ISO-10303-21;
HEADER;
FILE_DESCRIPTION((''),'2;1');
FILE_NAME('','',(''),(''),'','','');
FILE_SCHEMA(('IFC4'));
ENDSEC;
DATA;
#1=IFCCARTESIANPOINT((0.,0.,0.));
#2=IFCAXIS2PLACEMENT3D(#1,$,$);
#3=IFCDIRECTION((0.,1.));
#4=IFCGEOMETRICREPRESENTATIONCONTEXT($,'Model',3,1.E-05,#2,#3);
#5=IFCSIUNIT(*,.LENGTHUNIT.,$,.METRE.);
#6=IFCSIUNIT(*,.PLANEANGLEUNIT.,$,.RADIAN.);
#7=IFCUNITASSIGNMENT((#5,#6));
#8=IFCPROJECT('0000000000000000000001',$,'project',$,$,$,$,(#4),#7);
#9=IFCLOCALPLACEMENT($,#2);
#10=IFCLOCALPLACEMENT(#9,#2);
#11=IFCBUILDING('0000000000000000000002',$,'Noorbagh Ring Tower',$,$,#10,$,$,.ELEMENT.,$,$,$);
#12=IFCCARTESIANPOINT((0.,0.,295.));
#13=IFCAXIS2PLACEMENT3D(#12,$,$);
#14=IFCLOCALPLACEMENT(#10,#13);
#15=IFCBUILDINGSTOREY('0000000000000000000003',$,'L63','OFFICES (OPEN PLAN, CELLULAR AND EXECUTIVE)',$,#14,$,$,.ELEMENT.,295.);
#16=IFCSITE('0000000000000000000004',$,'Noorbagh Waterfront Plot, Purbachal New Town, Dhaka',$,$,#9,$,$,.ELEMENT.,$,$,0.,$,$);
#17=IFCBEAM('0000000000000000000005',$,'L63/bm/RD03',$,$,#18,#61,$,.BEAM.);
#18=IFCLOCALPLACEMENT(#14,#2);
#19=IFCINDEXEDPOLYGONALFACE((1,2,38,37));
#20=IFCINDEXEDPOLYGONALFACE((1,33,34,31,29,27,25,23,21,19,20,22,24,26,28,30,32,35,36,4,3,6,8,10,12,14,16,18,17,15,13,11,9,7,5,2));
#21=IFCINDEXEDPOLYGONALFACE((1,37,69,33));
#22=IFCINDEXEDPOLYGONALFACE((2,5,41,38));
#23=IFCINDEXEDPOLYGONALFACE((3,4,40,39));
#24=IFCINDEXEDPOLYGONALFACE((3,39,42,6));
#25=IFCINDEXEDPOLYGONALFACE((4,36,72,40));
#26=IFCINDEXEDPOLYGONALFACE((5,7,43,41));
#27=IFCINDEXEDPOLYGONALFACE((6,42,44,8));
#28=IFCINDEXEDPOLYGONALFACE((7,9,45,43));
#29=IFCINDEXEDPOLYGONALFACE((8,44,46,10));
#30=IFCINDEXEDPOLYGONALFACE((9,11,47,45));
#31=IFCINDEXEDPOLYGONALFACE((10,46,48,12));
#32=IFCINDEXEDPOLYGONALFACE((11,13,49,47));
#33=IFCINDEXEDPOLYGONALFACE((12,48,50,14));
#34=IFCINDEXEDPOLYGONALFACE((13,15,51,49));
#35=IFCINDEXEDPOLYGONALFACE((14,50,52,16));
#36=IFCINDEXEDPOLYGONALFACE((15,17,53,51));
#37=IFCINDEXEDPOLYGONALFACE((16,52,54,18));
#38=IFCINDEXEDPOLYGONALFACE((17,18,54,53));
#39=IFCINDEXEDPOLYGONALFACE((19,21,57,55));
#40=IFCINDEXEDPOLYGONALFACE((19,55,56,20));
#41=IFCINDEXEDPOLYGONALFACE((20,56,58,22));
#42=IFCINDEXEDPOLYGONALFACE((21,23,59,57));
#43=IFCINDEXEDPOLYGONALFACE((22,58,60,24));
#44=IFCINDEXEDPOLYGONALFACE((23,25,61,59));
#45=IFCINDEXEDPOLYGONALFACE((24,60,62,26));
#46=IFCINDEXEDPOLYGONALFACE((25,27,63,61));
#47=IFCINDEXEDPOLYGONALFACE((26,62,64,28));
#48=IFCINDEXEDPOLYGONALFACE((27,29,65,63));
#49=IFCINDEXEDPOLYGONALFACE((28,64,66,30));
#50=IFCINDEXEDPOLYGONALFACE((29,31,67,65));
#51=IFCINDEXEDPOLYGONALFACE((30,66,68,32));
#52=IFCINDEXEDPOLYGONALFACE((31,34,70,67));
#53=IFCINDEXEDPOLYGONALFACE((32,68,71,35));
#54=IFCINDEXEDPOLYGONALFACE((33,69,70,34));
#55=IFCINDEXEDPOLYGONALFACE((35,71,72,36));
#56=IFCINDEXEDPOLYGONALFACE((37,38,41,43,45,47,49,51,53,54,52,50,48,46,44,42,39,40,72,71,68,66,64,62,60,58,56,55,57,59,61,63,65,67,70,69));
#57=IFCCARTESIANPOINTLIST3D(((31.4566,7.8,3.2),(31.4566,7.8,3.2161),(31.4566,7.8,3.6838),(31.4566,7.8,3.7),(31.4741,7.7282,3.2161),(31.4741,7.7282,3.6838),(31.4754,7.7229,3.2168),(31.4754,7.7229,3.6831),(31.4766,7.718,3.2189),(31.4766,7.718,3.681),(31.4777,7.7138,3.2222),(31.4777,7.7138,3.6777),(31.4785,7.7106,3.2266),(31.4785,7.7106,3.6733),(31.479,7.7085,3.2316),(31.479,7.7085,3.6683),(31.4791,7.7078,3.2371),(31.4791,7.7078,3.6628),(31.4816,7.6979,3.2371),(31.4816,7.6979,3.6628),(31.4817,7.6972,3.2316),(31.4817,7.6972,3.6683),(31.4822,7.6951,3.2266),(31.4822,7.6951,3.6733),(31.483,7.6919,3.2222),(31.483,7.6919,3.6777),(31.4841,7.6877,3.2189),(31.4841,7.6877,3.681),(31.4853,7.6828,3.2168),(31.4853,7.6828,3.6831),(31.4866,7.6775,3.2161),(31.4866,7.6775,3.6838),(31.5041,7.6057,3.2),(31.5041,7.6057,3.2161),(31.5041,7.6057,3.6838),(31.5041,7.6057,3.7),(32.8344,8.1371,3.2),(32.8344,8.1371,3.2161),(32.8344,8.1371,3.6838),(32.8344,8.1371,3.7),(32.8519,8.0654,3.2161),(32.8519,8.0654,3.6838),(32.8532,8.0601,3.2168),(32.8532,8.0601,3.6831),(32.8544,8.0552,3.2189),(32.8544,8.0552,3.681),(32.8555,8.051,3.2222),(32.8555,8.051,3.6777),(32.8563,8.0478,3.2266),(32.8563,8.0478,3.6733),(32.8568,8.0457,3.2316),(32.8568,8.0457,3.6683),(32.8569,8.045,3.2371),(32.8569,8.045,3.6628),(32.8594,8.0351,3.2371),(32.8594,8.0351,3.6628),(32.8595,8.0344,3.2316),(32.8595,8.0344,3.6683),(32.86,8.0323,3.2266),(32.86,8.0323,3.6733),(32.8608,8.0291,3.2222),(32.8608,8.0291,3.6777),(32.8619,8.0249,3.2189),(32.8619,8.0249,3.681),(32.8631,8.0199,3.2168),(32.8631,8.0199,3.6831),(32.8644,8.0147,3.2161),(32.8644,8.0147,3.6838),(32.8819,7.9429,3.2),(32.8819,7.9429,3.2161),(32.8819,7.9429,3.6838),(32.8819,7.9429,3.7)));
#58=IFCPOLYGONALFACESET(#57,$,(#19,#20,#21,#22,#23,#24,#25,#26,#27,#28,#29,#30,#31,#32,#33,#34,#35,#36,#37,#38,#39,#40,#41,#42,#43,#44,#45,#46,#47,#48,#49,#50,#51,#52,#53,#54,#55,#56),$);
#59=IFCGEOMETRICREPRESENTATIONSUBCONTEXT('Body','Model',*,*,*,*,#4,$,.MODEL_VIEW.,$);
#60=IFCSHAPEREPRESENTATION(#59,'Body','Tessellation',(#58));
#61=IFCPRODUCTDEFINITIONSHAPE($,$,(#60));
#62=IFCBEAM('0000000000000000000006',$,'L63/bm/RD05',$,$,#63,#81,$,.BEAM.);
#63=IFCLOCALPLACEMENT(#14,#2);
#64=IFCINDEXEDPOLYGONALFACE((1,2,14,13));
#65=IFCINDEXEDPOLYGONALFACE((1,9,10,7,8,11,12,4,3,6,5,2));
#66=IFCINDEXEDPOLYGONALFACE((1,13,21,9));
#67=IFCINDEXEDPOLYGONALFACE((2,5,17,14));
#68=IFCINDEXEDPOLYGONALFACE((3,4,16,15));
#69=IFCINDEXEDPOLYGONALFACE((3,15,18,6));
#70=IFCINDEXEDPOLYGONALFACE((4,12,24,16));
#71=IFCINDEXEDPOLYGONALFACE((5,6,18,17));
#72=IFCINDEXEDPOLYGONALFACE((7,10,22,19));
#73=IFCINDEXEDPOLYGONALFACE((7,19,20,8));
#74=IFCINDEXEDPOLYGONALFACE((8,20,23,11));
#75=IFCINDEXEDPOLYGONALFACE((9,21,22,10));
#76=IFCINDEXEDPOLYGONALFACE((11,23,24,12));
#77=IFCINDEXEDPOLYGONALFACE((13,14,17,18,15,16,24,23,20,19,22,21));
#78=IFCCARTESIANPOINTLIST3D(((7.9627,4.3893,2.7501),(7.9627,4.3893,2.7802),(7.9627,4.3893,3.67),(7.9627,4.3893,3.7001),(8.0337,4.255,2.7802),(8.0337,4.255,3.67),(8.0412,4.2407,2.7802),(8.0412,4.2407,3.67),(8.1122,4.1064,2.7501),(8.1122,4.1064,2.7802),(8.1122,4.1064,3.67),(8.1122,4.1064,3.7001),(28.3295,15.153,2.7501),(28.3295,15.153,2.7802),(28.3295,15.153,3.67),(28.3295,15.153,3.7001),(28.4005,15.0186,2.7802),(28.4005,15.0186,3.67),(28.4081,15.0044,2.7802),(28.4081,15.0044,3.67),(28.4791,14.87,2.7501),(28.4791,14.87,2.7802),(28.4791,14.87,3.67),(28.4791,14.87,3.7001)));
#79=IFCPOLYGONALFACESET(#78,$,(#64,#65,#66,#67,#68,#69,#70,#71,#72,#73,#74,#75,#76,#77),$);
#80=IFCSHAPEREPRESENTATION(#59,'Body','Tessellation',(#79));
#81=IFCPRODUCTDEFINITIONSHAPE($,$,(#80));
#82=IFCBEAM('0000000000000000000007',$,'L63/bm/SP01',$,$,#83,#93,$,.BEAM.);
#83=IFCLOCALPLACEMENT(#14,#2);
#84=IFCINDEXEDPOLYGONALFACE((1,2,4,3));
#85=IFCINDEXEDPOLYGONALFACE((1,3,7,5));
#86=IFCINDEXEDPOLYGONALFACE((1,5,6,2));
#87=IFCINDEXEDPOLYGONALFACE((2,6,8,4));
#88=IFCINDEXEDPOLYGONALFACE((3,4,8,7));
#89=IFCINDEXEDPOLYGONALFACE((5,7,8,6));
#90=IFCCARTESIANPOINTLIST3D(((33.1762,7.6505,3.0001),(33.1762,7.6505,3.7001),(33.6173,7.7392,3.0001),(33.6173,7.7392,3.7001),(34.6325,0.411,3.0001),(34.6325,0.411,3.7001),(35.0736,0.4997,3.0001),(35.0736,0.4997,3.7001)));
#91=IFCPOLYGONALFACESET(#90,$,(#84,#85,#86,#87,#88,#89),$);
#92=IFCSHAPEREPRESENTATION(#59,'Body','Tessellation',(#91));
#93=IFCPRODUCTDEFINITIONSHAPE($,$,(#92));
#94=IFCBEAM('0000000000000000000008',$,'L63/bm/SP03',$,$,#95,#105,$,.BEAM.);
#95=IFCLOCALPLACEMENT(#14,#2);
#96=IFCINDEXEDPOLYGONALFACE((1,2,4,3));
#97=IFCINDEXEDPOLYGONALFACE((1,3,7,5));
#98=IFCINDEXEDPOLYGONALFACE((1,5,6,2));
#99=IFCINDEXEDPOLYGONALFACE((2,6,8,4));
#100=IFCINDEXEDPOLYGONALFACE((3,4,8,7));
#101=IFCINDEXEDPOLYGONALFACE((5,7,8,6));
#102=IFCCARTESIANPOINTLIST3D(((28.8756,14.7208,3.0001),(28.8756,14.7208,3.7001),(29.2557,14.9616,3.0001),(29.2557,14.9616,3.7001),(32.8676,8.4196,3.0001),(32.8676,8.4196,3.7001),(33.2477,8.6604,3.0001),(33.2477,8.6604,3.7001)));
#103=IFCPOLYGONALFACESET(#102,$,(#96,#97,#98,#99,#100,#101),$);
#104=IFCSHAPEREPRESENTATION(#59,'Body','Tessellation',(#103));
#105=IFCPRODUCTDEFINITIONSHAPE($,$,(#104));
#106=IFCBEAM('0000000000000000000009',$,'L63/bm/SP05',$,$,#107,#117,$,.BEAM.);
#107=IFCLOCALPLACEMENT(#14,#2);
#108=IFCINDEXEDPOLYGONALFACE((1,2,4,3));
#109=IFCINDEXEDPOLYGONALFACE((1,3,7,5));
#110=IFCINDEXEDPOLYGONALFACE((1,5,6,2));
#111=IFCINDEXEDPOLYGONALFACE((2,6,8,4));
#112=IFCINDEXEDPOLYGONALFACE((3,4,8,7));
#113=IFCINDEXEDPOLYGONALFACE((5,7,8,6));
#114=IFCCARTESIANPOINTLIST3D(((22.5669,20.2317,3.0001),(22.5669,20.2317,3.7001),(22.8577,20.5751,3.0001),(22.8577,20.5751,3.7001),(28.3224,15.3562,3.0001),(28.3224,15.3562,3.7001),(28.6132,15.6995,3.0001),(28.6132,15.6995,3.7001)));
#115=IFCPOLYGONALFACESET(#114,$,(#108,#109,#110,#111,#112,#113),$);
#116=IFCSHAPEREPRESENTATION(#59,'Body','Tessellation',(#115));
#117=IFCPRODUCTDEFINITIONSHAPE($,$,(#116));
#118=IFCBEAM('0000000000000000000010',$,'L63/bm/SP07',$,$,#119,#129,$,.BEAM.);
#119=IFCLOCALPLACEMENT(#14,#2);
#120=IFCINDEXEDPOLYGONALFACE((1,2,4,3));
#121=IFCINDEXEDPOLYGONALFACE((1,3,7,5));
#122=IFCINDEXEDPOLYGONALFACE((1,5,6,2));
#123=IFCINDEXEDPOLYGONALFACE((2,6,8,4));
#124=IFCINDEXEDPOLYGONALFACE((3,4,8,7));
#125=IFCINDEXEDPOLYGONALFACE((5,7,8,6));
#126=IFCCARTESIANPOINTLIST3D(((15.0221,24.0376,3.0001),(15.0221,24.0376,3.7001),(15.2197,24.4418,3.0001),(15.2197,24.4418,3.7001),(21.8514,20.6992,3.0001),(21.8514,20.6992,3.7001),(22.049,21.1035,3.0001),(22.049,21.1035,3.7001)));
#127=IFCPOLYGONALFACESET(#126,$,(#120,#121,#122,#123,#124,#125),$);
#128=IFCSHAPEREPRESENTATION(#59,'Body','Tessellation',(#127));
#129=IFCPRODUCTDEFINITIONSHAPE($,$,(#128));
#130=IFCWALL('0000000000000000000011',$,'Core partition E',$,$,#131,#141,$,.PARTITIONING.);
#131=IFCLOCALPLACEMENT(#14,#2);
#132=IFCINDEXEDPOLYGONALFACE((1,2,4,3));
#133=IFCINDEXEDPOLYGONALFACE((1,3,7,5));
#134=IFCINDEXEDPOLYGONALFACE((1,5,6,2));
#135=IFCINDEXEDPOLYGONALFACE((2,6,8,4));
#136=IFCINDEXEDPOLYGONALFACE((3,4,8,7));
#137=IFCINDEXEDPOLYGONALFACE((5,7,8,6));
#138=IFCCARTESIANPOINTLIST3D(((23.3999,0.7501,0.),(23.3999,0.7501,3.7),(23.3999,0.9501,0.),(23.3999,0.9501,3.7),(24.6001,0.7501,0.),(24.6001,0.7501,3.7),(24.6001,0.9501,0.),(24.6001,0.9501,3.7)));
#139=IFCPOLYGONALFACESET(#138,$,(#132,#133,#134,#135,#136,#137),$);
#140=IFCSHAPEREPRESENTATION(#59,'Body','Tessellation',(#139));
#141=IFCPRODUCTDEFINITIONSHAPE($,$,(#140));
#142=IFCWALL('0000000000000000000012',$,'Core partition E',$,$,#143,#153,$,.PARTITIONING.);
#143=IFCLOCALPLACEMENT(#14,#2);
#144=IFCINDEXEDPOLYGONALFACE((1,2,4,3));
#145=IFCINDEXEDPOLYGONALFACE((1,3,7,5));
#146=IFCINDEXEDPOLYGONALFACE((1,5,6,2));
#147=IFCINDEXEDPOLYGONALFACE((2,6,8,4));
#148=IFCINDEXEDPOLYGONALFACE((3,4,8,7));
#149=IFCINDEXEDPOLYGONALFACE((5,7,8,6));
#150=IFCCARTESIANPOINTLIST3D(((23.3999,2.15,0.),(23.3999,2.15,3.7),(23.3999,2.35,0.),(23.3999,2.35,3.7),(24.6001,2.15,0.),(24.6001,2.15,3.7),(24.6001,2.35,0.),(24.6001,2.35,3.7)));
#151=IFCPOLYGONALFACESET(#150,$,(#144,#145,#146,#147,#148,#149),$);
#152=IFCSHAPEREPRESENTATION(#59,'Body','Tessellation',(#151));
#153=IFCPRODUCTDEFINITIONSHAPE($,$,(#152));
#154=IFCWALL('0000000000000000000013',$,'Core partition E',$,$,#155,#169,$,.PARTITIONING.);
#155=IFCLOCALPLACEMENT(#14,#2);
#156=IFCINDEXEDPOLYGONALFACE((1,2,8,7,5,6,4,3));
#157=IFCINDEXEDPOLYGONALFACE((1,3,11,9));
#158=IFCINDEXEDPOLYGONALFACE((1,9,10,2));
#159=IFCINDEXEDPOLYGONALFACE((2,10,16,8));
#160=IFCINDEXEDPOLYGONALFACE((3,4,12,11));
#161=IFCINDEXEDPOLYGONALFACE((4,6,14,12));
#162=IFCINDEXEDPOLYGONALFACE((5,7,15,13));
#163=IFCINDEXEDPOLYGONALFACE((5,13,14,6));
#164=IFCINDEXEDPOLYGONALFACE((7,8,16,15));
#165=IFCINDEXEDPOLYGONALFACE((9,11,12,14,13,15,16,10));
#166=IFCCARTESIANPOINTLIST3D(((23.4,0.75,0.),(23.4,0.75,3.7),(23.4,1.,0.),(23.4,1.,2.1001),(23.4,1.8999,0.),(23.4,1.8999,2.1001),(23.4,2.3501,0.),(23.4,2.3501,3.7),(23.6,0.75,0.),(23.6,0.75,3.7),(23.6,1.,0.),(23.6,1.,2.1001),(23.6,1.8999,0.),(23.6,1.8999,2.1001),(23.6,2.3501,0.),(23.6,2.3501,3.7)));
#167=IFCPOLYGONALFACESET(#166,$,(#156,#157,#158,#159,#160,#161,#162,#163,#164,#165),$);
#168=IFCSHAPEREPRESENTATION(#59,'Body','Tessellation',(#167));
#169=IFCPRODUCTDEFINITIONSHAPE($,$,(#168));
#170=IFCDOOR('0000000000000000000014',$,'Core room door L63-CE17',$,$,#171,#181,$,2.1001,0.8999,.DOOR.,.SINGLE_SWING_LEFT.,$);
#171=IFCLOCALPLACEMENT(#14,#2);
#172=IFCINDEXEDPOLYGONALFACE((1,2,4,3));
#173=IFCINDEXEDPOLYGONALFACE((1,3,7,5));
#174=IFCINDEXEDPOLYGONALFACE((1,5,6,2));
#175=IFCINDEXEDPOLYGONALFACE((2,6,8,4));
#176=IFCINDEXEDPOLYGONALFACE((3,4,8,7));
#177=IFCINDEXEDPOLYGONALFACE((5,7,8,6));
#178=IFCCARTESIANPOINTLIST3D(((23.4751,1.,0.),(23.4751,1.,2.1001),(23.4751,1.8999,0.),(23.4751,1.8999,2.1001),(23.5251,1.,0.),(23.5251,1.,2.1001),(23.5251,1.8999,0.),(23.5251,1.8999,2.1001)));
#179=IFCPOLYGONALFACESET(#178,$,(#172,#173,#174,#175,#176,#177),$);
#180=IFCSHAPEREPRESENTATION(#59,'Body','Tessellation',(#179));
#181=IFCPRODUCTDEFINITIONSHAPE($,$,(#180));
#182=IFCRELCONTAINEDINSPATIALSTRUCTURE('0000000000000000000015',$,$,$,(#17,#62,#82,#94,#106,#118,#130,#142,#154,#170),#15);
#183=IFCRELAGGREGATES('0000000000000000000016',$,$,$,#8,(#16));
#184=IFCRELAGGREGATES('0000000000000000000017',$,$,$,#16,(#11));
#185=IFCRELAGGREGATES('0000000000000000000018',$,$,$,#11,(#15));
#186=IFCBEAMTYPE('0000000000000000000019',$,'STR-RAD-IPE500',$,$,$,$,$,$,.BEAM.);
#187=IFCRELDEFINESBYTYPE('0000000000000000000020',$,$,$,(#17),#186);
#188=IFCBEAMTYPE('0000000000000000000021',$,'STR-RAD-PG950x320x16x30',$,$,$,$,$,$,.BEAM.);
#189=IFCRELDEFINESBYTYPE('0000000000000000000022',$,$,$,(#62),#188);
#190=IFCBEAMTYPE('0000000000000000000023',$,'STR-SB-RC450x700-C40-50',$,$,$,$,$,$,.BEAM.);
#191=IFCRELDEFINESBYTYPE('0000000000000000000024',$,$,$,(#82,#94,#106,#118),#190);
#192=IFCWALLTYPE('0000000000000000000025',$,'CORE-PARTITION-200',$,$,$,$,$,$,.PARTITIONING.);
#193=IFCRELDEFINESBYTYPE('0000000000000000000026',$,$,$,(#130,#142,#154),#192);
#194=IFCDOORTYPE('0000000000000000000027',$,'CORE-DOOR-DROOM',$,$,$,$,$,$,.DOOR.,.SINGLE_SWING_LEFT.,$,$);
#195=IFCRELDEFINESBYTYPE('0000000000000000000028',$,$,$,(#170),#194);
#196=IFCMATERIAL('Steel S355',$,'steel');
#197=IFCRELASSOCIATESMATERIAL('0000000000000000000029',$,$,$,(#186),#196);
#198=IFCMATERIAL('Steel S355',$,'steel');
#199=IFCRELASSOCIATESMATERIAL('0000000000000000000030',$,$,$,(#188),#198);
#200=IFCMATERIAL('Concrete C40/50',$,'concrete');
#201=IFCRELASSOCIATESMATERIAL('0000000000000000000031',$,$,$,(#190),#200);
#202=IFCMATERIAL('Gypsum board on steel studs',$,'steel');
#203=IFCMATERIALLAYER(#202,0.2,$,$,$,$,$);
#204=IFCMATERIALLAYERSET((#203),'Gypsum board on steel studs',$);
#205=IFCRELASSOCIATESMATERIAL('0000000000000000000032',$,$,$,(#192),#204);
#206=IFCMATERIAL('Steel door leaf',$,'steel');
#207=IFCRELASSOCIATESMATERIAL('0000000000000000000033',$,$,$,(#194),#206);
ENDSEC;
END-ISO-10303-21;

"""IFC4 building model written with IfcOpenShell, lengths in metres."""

from ifc_helpers import new_model, si_unit, direction, frame, frame_2d, origin, origin_2d, place, context, subcontext, project, spatial, rectangle, i_section, extrude, material, layer, layer_set, material_profile, profile_set, type_object, element, fill, save


model = new_model("IFC4")

# Units and contexts
model_context = context("Model", 3, precision=1e-05, world=origin(), true_north=direction((0.0, 1.0)))
body_context = subcontext(model_context, "Body", "Model", "MODEL_VIEW")
ifc_project = project(units=[si_unit("LENGTHUNIT", "METRE"), si_unit("PLANEANGLEUNIT", "RADIAN")], contexts=[model_context])

# Site, building, storey
site_placement = place(None, origin())
site = spatial("IfcSite", under=ifc_project, at=site_placement, Name="Noorbagh Waterfront Plot, Purbachal New Town, Dhaka", CompositionType="ELEMENT", RefElevation=0.0)
building_placement = place(site_placement, origin())
building = spatial("IfcBuilding", under=site, at=building_placement, Name="Noorbagh Ring Tower", CompositionType="ELEMENT")
storey_placement = place(building_placement, frame((0.0, 0.0, 295.0)))
storey = spatial("IfcBuildingStorey", under=building, at=storey_placement, Name="L63", Description="OFFICES (OPEN PLAN, CELLULAR AND EXECUTIVE)", CompositionType="ELEMENT", Elevation=295.0)

# Beams
ifc_material_1 = material(Name="Steel S355", Category="steel")
ifc_material_profile_1 = material_profile(ifc_material_1, i_section(OverallWidth=0.2, OverallDepth=0.5, WebThickness=0.0103, FlangeThickness=0.0161, FilletRadius=0.021, at=origin_2d()), Name="IPE500")
ifc_profile_set_1 = profile_set([ifc_material_profile_1], Name="Steel S355")
beam_type_1 = type_object("IfcBeamType", Name="STR-RAD-IPE500", PredefinedType="BEAM", material=ifc_profile_set_1)
beam_1_placement = place(storey_placement, frame((32.8582, 8.04, 3.45), z_axis=(-0.971335, -0.237713, 0.0), x_axis=(0.237713, -0.971335, 0.0)))
element("IfcBeam", 1, at=beam_1_placement, inside=storey, type_object=beam_type_1, Name="L63/bm/RD03", PredefinedType="BEAM", context=body_context, shape_type="SweptSolid", body=[
    extrude(i_section(OverallWidth=0.2, OverallDepth=0.5, WebThickness=0.0103, FlangeThickness=0.0161, FilletRadius=0.021, at=origin_2d()), origin(), (0.0, 0.0, 1.0), 1.4185),
])
ifc_material_2 = material(Name="Steel S355", Category="steel")
ifc_material_profile_2 = material_profile(ifc_material_2, i_section(OverallWidth=0.3201, OverallDepth=0.95, WebThickness=0.0161, FlangeThickness=0.03, at=origin_2d()), Name="PG950x320x16x30")
ifc_profile_set_2 = profile_set([ifc_material_profile_2], Name="Steel S355")
beam_type_2 = type_object("IfcBeamType", Name="STR-RAD-PG950x320x16x30", PredefinedType="BEAM", material=ifc_profile_set_2)
beam_2_placement = place(storey_placement, frame((28.4043, 15.0115, 3.2251), z_axis=(-0.884126, -0.467249, 0.0), x_axis=(0.467249, -0.884126, 0.0)))
element("IfcBeam", 2, at=beam_2_placement, inside=storey, type_object=beam_type_2, Name="L63/bm/RD05", PredefinedType="BEAM", context=body_context, shape_type="SweptSolid", body=[
    extrude(i_section(OverallWidth=0.3201, OverallDepth=0.95, WebThickness=0.0161, FlangeThickness=0.03, at=origin_2d()), origin(), (0.0, 0.0, 1.0), 23.0361),
])
ifc_material_3 = material(Name="Concrete C40/50", Category="concrete")
ifc_material_profile_3 = material_profile(ifc_material_3, rectangle(XDim=0.45, YDim=0.7, at=origin_2d()), Name="RC450x700")
ifc_profile_set_3 = profile_set([ifc_material_profile_3], Name="Concrete C40/50")
beam_type_3 = type_object("IfcBeamType", Name="STR-SB-RC450x700-C40-50", PredefinedType="BEAM", material=ifc_profile_set_3)
beam_3_placement = place(storey_placement, frame((34.853, 0.4553, 3.3501), z_axis=(-0.19721, 0.980361, 0.0), x_axis=(-0.980361, -0.19721, 0.0)))
element("IfcBeam", 3, at=beam_3_placement, inside=storey, type_object=beam_type_3, Name="L63/bm/SP01", PredefinedType="BEAM", context=body_context, shape_type="SweptSolid", body=[
    extrude(rectangle(XDim=0.45, YDim=0.7, at=origin_2d()), origin(), (0.0, 0.0, 1.0), 7.3845),
])
beam_4_placement = place(storey_placement, frame((33.0576, 8.54, 3.3501), z_axis=(-0.535176, 0.844741, 0.0), x_axis=(-0.844741, -0.535176, 0.0)))
element("IfcBeam", 4, at=beam_4_placement, inside=storey, type_object=beam_type_3, Name="L63/bm/SP03", PredefinedType="BEAM", context=body_context, shape_type="SweptSolid", body=[
    extrude(rectangle(XDim=0.45, YDim=0.7, at=origin_2d()), origin(), (0.0, 0.0, 1.0), 7.4592),
])
beam_5_placement = place(storey_placement, frame((28.4678, 15.5278, 3.3501), z_axis=(-0.763023, 0.646372, 0.0), x_axis=(-0.646372, -0.763023, 0.0)))
element("IfcBeam", 5, at=beam_5_placement, inside=storey, type_object=beam_type_3, Name="L63/bm/SP05", PredefinedType="BEAM", context=body_context, shape_type="SweptSolid", body=[
    extrude(rectangle(XDim=0.45, YDim=0.7, at=origin_2d()), origin(), (0.0, 0.0, 1.0), 7.543),
])
beam_6_placement = place(storey_placement, frame((21.9502, 20.9014, 3.3501), z_axis=(-0.898406, 0.439166, 0.0), x_axis=(-0.439166, -0.898406, 0.0)))
element("IfcBeam", 6, at=beam_6_placement, inside=storey, type_object=beam_type_3, Name="L63/bm/SP07", PredefinedType="BEAM", context=body_context, shape_type="SweptSolid", body=[
    extrude(rectangle(XDim=0.45, YDim=0.7, at=origin_2d()), origin(), (0.0, 0.0, 1.0), 7.6016),
])

# Walls
ifc_material_4 = material(Name="Gypsum board on steel studs", Category="steel")
ifc_layer_1 = layer(ifc_material_4, 0.2)
ifc_layer_set_1 = layer_set([ifc_layer_1], Name="Gypsum board on steel studs")
wall_type_1 = type_object("IfcWallType", Name="CORE-PARTITION-200", PredefinedType="PARTITIONING", material=ifc_layer_set_1)
for number, where, z_axis, x_axis, name in (
    (7, (23.3999, 0.8501, 0.0), (0.0, 0.0, 1.0), (1.0, 0.0, 0.0), "Core partition E"),
    (8, (23.3999, 2.25, 0.0), (0.0, 0.0, 1.0), (1.0, 0.0, 0.0), "Core partition E"),
):
    element("IfcWall", number, at=place(storey_placement, frame(where, z_axis=z_axis, x_axis=x_axis)), inside=storey, type_object=wall_type_1, Name=name, PredefinedType="PARTITIONING", context=body_context, shape_type="SweptSolid", body=[
        extrude(rectangle(XDim=1.2002, YDim=0.2, at=frame_2d((0.6001, 0.0))), origin(), (0.0, 0.0, 1.0), 3.7),
    ])

# Wall, opening, door
wall_1_placement = place(storey_placement, frame((23.5, 0.75, 0.0), z_axis=(0.0, 0.0, 1.0), x_axis=(0.0, 1.0, 0.0)))
wall_1 = element("IfcWall", 9, at=wall_1_placement, inside=storey, type_object=wall_type_1, Name="Core partition E", PredefinedType="PARTITIONING", context=body_context, shape_type="SweptSolid", body=[
    extrude(rectangle(XDim=1.6001, YDim=0.2, at=frame_2d((0.8, 0.0))), origin(), (0.0, 0.0, 1.0), 3.7),
])
opening_1_placement = place(wall_1_placement, frame((0.25, 0.0, 0.0)))
opening_1 = element("IfcOpeningElement", 10, at=opening_1_placement, cuts=wall_1, PredefinedType="OPENING", context=body_context, shape_type="SweptSolid", body=[
    extrude(rectangle(XDim=0.8999, YDim=2.1001, at=frame_2d((0.45, 1.05))), frame((0.0, 0.1099, 0.0), z_axis=(0.0, -1.0, 0.0), x_axis=(1.0, 0.0, 0.0)), (0.0, 0.0, 1.0), 0.22),
])
ifc_material_5 = material(Name="Steel door leaf", Category="steel")
door_type_1 = type_object("IfcDoorType", Name="CORE-DOOR-DROOM", OperationType="SINGLE_SWING_LEFT", PredefinedType="DOOR", material=ifc_material_5)
door_1_placement = place(opening_1_placement, origin())
door_1 = element("IfcDoor", 11, at=door_1_placement, inside=storey, type_object=door_type_1, Name="Core room door L63-CE17", OperationType="SINGLE_SWING_LEFT", OverallHeight=2.1001, OverallWidth=0.8999, PredefinedType="DOOR", context=body_context, shape_type="SweptSolid", body=[
    extrude(rectangle(XDim=0.8999, YDim=2.1001, at=frame_2d((0.45, 1.05))), frame((0.0, 0.0249, 0.0), z_axis=(0.0, -1.0, 0.0), x_axis=(1.0, 0.0, 0.0)), (0.0, 0.0, 1.0), 0.05),
])
fill(opening_1, door_1)

save(model, "model.ifc")
